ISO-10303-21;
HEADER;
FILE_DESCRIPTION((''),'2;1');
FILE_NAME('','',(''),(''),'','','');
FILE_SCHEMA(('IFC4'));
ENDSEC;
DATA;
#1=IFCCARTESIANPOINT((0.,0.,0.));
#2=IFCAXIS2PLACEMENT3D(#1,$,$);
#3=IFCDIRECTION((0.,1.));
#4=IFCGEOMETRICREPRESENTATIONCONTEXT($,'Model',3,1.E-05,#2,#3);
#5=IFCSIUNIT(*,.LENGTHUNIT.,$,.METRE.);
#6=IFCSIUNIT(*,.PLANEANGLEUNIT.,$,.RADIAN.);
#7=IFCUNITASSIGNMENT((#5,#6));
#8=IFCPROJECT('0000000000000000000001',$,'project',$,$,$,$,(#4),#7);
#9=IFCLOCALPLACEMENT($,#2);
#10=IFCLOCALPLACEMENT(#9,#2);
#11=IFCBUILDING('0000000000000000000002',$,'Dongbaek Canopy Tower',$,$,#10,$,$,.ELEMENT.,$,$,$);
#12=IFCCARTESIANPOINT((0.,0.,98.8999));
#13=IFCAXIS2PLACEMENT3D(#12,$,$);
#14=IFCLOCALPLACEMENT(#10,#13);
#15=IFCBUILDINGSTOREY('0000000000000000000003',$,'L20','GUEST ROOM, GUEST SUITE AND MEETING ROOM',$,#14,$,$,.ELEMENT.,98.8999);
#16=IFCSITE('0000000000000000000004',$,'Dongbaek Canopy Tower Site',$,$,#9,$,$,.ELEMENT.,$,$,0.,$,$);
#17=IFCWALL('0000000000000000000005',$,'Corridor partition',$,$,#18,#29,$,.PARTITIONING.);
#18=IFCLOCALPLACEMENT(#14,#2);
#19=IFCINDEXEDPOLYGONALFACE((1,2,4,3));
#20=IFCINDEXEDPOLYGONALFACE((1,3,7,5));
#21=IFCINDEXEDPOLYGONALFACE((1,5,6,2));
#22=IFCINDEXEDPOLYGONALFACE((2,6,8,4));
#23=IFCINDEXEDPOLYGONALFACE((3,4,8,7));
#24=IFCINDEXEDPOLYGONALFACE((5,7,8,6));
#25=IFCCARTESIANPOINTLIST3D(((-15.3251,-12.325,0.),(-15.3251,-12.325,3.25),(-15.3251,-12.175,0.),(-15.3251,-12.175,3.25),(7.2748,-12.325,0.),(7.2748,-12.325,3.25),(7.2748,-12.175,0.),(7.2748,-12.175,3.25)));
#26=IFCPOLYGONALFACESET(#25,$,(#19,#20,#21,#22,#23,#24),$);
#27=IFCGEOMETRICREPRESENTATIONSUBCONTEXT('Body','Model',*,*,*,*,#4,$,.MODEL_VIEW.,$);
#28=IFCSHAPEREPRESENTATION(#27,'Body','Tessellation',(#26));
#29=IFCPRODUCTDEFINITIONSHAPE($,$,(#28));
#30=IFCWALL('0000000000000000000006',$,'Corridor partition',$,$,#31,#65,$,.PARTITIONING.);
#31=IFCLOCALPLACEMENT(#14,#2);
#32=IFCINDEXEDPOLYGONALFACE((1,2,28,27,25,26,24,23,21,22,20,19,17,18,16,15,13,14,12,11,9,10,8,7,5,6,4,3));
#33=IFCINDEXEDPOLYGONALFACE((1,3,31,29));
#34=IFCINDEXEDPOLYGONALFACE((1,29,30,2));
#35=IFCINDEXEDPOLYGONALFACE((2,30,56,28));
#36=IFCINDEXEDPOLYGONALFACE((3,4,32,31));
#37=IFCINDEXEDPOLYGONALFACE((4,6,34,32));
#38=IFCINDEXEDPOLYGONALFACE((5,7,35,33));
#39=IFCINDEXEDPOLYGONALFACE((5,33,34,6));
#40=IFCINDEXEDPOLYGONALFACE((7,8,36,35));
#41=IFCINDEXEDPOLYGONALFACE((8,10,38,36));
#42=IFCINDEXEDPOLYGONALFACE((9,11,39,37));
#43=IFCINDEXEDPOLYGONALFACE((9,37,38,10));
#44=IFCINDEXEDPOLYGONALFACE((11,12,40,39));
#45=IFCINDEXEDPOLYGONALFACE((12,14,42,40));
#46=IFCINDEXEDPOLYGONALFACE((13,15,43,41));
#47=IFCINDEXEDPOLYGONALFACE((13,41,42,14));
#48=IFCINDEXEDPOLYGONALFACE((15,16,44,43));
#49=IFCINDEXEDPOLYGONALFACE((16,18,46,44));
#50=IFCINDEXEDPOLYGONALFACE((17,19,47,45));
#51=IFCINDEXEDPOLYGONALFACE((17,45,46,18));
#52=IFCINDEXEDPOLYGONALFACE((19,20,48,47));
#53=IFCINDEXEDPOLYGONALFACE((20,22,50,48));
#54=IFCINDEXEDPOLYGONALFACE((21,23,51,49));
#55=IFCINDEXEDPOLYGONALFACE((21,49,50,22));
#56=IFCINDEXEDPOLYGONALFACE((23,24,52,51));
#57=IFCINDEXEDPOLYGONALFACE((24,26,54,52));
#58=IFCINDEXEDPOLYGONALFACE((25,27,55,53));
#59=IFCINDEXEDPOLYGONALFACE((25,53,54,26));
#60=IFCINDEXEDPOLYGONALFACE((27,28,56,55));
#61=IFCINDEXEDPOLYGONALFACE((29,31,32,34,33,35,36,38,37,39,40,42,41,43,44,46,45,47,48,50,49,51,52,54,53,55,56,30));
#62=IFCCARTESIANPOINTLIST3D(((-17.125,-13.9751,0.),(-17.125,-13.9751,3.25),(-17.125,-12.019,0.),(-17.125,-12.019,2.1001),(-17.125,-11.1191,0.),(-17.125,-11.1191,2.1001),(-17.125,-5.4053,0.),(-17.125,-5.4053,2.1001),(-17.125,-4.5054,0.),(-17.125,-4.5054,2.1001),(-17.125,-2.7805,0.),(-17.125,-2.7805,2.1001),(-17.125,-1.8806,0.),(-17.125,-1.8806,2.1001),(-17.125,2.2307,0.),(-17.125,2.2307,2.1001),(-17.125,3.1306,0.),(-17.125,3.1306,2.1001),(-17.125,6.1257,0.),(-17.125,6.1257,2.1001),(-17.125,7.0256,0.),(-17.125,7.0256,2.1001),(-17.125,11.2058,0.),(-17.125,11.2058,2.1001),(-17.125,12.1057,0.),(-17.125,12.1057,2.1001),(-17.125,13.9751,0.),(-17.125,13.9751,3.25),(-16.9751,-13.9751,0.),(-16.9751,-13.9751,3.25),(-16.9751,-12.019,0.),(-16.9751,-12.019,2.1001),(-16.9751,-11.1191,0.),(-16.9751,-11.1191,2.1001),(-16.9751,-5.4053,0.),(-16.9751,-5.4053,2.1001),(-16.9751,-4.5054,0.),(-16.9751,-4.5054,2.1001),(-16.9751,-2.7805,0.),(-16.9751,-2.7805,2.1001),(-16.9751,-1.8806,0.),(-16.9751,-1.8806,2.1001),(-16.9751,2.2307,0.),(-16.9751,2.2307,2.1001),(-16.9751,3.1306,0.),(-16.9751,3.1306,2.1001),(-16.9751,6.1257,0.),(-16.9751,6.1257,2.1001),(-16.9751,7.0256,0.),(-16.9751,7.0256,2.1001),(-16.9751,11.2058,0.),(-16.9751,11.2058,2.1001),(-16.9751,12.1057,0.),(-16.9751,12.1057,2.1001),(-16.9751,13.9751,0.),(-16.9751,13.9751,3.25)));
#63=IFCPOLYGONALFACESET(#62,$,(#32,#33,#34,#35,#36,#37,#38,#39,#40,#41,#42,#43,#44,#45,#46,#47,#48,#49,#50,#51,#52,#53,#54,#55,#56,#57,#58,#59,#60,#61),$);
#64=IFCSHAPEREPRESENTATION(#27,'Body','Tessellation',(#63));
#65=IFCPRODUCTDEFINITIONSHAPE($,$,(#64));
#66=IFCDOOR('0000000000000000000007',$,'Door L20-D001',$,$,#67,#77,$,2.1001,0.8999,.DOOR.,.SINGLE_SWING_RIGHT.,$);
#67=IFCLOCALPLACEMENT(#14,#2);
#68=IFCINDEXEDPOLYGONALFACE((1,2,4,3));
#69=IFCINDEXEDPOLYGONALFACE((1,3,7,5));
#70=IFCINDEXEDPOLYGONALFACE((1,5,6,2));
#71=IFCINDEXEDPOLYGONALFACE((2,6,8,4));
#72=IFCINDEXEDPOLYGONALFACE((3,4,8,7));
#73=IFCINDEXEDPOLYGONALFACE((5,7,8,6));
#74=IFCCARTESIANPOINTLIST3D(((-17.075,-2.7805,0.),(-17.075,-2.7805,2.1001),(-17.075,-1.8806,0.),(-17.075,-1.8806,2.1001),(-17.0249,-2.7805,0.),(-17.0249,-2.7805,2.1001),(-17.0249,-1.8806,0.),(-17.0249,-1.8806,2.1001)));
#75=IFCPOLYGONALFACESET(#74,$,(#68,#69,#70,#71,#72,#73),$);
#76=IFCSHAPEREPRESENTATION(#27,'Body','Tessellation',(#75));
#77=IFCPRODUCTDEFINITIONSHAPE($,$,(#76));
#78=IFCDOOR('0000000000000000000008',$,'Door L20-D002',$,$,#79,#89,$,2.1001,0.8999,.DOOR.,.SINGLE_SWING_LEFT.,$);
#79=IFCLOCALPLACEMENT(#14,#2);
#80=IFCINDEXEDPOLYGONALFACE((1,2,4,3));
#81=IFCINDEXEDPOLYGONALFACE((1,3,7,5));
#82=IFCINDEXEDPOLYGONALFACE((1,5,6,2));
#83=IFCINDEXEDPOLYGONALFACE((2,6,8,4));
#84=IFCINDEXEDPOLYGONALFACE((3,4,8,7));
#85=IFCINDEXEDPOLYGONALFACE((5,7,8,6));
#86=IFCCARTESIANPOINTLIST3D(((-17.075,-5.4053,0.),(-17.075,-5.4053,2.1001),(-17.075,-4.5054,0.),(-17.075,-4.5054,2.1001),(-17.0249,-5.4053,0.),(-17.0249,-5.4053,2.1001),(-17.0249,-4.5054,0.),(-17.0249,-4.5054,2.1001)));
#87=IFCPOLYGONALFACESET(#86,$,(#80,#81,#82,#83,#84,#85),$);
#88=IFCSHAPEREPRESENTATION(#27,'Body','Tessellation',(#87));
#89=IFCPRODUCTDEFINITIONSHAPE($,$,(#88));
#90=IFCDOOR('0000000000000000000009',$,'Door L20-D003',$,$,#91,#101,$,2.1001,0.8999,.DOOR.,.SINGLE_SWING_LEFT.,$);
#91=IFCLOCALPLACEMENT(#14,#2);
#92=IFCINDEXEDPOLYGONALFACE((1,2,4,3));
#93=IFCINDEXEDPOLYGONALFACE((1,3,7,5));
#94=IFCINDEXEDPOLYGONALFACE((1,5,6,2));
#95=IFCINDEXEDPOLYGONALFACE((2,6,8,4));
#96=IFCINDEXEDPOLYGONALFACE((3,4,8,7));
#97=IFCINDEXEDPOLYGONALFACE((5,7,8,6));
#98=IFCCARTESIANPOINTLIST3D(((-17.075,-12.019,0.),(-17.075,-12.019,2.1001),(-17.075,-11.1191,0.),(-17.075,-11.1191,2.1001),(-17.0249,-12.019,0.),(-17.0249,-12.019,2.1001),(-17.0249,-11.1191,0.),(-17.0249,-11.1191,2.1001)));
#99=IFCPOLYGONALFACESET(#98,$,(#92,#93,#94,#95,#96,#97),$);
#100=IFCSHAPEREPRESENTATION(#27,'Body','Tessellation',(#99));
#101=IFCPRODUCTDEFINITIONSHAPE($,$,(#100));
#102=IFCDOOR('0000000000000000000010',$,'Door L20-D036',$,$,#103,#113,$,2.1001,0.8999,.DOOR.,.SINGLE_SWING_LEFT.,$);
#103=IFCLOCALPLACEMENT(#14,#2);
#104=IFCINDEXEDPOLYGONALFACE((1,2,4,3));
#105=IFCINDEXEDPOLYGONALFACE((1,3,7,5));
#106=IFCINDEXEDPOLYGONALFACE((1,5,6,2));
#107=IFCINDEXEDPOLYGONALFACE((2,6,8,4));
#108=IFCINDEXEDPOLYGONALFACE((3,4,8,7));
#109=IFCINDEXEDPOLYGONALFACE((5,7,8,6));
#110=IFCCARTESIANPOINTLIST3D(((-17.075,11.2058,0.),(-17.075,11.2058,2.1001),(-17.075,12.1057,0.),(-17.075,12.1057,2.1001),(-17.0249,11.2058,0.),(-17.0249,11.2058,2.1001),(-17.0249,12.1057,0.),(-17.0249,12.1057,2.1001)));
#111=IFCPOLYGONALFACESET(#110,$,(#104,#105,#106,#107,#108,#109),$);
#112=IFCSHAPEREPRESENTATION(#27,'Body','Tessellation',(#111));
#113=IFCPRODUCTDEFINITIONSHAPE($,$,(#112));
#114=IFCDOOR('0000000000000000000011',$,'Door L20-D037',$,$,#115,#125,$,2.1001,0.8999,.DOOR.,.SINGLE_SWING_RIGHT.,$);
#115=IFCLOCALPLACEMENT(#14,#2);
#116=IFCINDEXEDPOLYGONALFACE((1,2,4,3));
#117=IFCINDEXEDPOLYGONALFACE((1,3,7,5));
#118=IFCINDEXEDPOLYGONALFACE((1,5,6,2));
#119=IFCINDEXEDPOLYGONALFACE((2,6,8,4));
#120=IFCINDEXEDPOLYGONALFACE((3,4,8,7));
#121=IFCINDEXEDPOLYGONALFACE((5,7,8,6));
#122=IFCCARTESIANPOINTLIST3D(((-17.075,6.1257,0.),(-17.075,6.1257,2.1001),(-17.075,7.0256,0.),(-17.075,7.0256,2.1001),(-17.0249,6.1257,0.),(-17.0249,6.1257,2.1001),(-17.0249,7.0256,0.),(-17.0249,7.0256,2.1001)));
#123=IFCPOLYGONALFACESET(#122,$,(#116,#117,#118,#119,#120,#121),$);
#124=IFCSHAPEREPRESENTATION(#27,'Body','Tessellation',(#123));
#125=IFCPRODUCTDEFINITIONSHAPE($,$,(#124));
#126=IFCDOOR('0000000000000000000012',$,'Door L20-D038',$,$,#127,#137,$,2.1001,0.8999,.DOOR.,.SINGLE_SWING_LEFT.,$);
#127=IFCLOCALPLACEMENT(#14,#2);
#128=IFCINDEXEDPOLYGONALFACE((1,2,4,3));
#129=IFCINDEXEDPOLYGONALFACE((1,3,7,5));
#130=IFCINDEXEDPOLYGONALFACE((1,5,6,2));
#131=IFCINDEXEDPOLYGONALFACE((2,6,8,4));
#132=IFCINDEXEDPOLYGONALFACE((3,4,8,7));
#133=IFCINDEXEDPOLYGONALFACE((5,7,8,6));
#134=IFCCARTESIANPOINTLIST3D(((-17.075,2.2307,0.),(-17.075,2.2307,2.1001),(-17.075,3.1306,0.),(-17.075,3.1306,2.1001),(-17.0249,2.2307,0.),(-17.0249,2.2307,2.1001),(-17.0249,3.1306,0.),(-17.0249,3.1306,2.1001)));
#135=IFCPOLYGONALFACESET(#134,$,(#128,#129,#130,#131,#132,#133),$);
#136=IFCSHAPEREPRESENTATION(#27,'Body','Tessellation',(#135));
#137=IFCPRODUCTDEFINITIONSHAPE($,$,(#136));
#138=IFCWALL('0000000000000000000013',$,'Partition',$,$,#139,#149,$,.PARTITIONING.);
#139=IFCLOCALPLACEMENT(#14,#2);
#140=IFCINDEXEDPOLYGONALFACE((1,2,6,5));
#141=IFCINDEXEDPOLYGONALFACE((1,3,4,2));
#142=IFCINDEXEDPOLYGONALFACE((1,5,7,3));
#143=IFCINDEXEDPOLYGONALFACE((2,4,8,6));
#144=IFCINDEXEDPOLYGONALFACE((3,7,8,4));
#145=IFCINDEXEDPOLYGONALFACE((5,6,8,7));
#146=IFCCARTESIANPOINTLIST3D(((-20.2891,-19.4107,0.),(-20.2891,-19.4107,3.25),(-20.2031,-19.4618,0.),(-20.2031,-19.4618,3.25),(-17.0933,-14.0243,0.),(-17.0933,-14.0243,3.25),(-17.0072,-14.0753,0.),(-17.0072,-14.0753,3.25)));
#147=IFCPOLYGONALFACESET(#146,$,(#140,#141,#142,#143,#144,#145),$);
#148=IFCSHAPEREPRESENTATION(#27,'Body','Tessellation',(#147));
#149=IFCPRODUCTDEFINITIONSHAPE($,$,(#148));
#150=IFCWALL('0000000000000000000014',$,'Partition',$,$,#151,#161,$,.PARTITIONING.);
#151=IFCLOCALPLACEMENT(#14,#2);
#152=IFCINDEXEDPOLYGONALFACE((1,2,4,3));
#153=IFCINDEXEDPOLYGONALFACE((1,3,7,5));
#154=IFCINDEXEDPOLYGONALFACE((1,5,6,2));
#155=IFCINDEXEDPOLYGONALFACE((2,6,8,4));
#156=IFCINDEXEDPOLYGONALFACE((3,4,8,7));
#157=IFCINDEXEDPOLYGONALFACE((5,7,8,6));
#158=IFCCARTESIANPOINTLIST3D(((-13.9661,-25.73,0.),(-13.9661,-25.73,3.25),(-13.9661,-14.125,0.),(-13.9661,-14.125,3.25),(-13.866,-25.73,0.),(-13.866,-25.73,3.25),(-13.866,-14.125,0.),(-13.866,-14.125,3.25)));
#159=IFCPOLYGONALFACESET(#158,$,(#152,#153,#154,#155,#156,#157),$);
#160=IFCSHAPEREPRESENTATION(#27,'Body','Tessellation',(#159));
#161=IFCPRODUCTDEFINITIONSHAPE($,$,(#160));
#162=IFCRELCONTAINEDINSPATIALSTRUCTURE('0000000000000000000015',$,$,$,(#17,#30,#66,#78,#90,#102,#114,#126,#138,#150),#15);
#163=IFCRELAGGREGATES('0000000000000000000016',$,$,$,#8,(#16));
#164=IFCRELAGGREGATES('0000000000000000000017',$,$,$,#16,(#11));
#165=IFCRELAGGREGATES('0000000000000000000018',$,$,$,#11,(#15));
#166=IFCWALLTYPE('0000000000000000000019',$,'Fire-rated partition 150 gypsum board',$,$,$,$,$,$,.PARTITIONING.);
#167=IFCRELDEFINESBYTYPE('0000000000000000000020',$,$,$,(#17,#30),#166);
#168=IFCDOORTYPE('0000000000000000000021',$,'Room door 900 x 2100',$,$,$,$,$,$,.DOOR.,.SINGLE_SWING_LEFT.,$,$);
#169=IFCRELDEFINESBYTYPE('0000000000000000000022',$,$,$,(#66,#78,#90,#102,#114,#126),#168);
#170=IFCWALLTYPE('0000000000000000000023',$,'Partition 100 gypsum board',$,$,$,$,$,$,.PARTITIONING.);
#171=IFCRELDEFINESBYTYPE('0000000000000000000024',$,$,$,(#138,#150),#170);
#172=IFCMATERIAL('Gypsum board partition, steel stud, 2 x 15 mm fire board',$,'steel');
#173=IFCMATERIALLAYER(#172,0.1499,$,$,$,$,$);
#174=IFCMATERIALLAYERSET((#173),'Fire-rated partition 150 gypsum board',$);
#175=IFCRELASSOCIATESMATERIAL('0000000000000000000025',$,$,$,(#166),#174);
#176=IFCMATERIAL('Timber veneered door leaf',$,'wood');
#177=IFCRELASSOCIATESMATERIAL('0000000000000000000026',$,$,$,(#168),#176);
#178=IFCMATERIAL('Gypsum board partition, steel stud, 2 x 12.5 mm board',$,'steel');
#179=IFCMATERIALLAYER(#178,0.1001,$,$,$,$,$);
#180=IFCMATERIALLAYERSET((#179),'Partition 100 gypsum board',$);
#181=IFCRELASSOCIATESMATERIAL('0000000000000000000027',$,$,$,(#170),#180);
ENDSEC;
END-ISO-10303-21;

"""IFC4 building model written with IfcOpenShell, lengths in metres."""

from ifc_helpers import new_model, si_unit, direction, frame, frame_2d, origin, place, context, subcontext, project, spatial, rectangle, extrude, material, layer, layer_set, type_object, element, fill, save


model = new_model("IFC4")

# Units and contexts
model_context = context("Model", 3, precision=1e-05, world=origin(), true_north=direction((0.0, 1.0)))
body_context = subcontext(model_context, "Body", "Model", "MODEL_VIEW")
ifc_project = project(units=[si_unit("LENGTHUNIT", "METRE"), si_unit("PLANEANGLEUNIT", "RADIAN")], contexts=[model_context])

# Site, building, storey
site_placement = place(None, origin())
site = spatial("IfcSite", under=ifc_project, at=site_placement, Name="Dongbaek Canopy Tower Site", CompositionType="ELEMENT", RefElevation=0.0)
building_placement = place(site_placement, origin())
building = spatial("IfcBuilding", under=site, at=building_placement, Name="Dongbaek Canopy Tower", CompositionType="ELEMENT")
storey_placement = place(building_placement, frame((0.0, 0.0, 98.8999)))
storey = spatial("IfcBuildingStorey", under=building, at=storey_placement, Name="L20", Description="GUEST ROOM, GUEST SUITE AND MEETING ROOM", CompositionType="ELEMENT", Elevation=98.8999)

# Wall
ifc_material_1 = material(Name="Gypsum board partition, steel stud, 2 x 15 mm fire board", Category="steel")
ifc_layer_1 = layer(ifc_material_1, 0.1499)
ifc_layer_set_1 = layer_set([ifc_layer_1], Name="Fire-rated partition 150 gypsum board")
wall_type_1 = type_object("IfcWallType", Name="Fire-rated partition 150 gypsum board", PredefinedType="PARTITIONING", material=ifc_layer_set_1)
wall_1_placement = place(storey_placement, frame((-15.325, -12.25, 0.0), z_axis=(0.0, 0.0, 1.0), x_axis=(1.0, 0.0, 0.0)))
element("IfcWall", 1, at=wall_1_placement, inside=storey, type_object=wall_type_1, Name="Corridor partition", PredefinedType="PARTITIONING", context=body_context, shape_type="SweptSolid", body=[
    extrude(rectangle(XDim=22.5999, YDim=0.1499, at=frame_2d((11.2998, 0.0))), origin(), (0.0, 0.0, 1.0), 3.25),
])

# Wall, openings, doors
wall_2_placement = place(storey_placement, frame((-17.05, -13.9751, 0.0), z_axis=(0.0, 0.0, 1.0), x_axis=(0.0, 1.0, 0.0)))
wall_2 = element("IfcWall", 2, at=wall_2_placement, inside=storey, type_object=wall_type_1, Name="Corridor partition", PredefinedType="PARTITIONING", context=body_context, shape_type="SweptSolid", body=[
    extrude(rectangle(XDim=27.9502, YDim=0.1499, at=frame_2d((13.9751, 0.0))), origin(), (0.0, 0.0, 1.0), 3.25),
])
opening_1_placement = place(wall_2_placement, frame((11.1946, 0.0, 0.0)))
opening_1 = element("IfcOpeningElement", 3, at=opening_1_placement, cuts=wall_2, PredefinedType="OPENING", context=body_context, shape_type="SweptSolid", body=[
    extrude(rectangle(XDim=0.8999, YDim=2.1001, at=frame_2d((0.45, 1.05))), frame((0.0, 0.085, 0.0), z_axis=(0.0, -1.0, 0.0), x_axis=(1.0, 0.0, 0.0)), (0.0, 0.0, 1.0), 0.1699),
])
opening_2_placement = place(wall_2_placement, frame((8.5698, 0.0, 0.0)))
opening_2 = element("IfcOpeningElement", 4, at=opening_2_placement, cuts=wall_2, PredefinedType="OPENING", context=body_context, shape_type="SweptSolid", body=[
    extrude(rectangle(XDim=0.8999, YDim=2.1001, at=frame_2d((0.45, 1.05))), frame((0.0, 0.085, 0.0), z_axis=(0.0, -1.0, 0.0), x_axis=(1.0, 0.0, 0.0)), (0.0, 0.0, 1.0), 0.1699),
])
opening_3_placement = place(wall_2_placement, frame((1.9561, 0.0, 0.0)))
opening_3 = element("IfcOpeningElement", 5, at=opening_3_placement, cuts=wall_2, PredefinedType="OPENING", context=body_context, shape_type="SweptSolid", body=[
    extrude(rectangle(XDim=0.8999, YDim=2.1001, at=frame_2d((0.45, 1.05))), frame((0.0, 0.085, 0.0), z_axis=(0.0, -1.0, 0.0), x_axis=(1.0, 0.0, 0.0)), (0.0, 0.0, 1.0), 0.1699),
])
opening_4_placement = place(wall_2_placement, frame((25.1809, 0.0, 0.0)))
opening_4 = element("IfcOpeningElement", 6, at=opening_4_placement, cuts=wall_2, PredefinedType="OPENING", context=body_context, shape_type="SweptSolid", body=[
    extrude(rectangle(XDim=0.8999, YDim=2.1001, at=frame_2d((0.45, 1.05))), frame((0.0, 0.085, 0.0), z_axis=(0.0, -1.0, 0.0), x_axis=(1.0, 0.0, 0.0)), (0.0, 0.0, 1.0), 0.1699),
])
opening_5_placement = place(wall_2_placement, frame((20.1008, 0.0, 0.0)))
opening_5 = element("IfcOpeningElement", 7, at=opening_5_placement, cuts=wall_2, PredefinedType="OPENING", context=body_context, shape_type="SweptSolid", body=[
    extrude(rectangle(XDim=0.8999, YDim=2.1001, at=frame_2d((0.45, 1.05))), frame((0.0, 0.085, 0.0), z_axis=(0.0, -1.0, 0.0), x_axis=(1.0, 0.0, 0.0)), (0.0, 0.0, 1.0), 0.1699),
])
opening_6_placement = place(wall_2_placement, frame((16.2058, 0.0, 0.0)))
opening_6 = element("IfcOpeningElement", 8, at=opening_6_placement, cuts=wall_2, PredefinedType="OPENING", context=body_context, shape_type="SweptSolid", body=[
    extrude(rectangle(XDim=0.8999, YDim=2.1001, at=frame_2d((0.45, 1.05))), frame((0.0, 0.085, 0.0), z_axis=(0.0, -1.0, 0.0), x_axis=(1.0, 0.0, 0.0)), (0.0, 0.0, 1.0), 0.1699),
])
ifc_material_2 = material(Name="Timber veneered door leaf", Category="wood")
door_type = type_object("IfcDoorType", Name="Room door 900 x 2100", OperationType="SINGLE_SWING_LEFT", PredefinedType="DOOR", material=ifc_material_2)
door_1_placement = place(opening_1_placement, origin())
door_1 = element("IfcDoor", 9, at=door_1_placement, inside=storey, type_object=door_type, Name="Door L20-D001", OperationType="SINGLE_SWING_RIGHT", OverallHeight=2.1001, OverallWidth=0.8999, PredefinedType="DOOR", context=body_context, shape_type="SweptSolid", body=[
    extrude(rectangle(XDim=0.8999, YDim=2.1001, at=frame_2d((0.45, 1.05))), frame((0.0, 0.0249, 0.0), z_axis=(0.0, -1.0, 0.0), x_axis=(1.0, 0.0, 0.0)), (0.0, 0.0, 1.0), 0.05),
])
fill(opening_1, door_1)
door_2_placement = place(opening_2_placement, origin())
door_2 = element("IfcDoor", 10, at=door_2_placement, inside=storey, type_object=door_type, Name="Door L20-D002", OperationType="SINGLE_SWING_LEFT", OverallHeight=2.1001, OverallWidth=0.8999, PredefinedType="DOOR", context=body_context, shape_type="SweptSolid", body=[
    extrude(rectangle(XDim=0.8999, YDim=2.1001, at=frame_2d((0.45, 1.05))), frame((0.0, 0.0249, 0.0), z_axis=(0.0, -1.0, 0.0), x_axis=(1.0, 0.0, 0.0)), (0.0, 0.0, 1.0), 0.05),
])
fill(opening_2, door_2)
door_3_placement = place(opening_3_placement, origin())
door_3 = element("IfcDoor", 11, at=door_3_placement, inside=storey, type_object=door_type, Name="Door L20-D003", OperationType="SINGLE_SWING_LEFT", OverallHeight=2.1001, OverallWidth=0.8999, PredefinedType="DOOR", context=body_context, shape_type="SweptSolid", body=[
    extrude(rectangle(XDim=0.8999, YDim=2.1001, at=frame_2d((0.45, 1.05))), frame((0.0, 0.0249, 0.0), z_axis=(0.0, -1.0, 0.0), x_axis=(1.0, 0.0, 0.0)), (0.0, 0.0, 1.0), 0.05),
])
fill(opening_3, door_3)
door_4_placement = place(opening_4_placement, origin())
door_4 = element("IfcDoor", 12, at=door_4_placement, inside=storey, type_object=door_type, Name="Door L20-D036", OperationType="SINGLE_SWING_LEFT", OverallHeight=2.1001, OverallWidth=0.8999, PredefinedType="DOOR", context=body_context, shape_type="SweptSolid", body=[
    extrude(rectangle(XDim=0.8999, YDim=2.1001, at=frame_2d((0.45, 1.05))), frame((0.0, 0.0249, 0.0), z_axis=(0.0, -1.0, 0.0), x_axis=(1.0, 0.0, 0.0)), (0.0, 0.0, 1.0), 0.05),
])
fill(opening_4, door_4)
door_5_placement = place(opening_5_placement, origin())
door_5 = element("IfcDoor", 13, at=door_5_placement, inside=storey, type_object=door_type, Name="Door L20-D037", OperationType="SINGLE_SWING_RIGHT", OverallHeight=2.1001, OverallWidth=0.8999, PredefinedType="DOOR", context=body_context, shape_type="SweptSolid", body=[
    extrude(rectangle(XDim=0.8999, YDim=2.1001, at=frame_2d((0.45, 1.05))), frame((0.0, 0.0249, 0.0), z_axis=(0.0, -1.0, 0.0), x_axis=(1.0, 0.0, 0.0)), (0.0, 0.0, 1.0), 0.05),
])
fill(opening_5, door_5)
door_6_placement = place(opening_6_placement, origin())
door_6 = element("IfcDoor", 14, at=door_6_placement, inside=storey, type_object=door_type, Name="Door L20-D038", OperationType="SINGLE_SWING_LEFT", OverallHeight=2.1001, OverallWidth=0.8999, PredefinedType="DOOR", context=body_context, shape_type="SweptSolid", body=[
    extrude(rectangle(XDim=0.8999, YDim=2.1001, at=frame_2d((0.45, 1.05))), frame((0.0, 0.0249, 0.0), z_axis=(0.0, -1.0, 0.0), x_axis=(1.0, 0.0, 0.0)), (0.0, 0.0, 1.0), 0.05),
])
fill(opening_6, door_6)

# Walls
ifc_material_3 = material(Name="Gypsum board partition, steel stud, 2 x 12.5 mm board", Category="steel")
ifc_layer_2 = layer(ifc_material_3, 0.1001)
ifc_layer_set_2 = layer_set([ifc_layer_2], Name="Partition 100 gypsum board")
wall_type_2 = type_object("IfcWallType", Name="Partition 100 gypsum board", PredefinedType="PARTITIONING", material=ifc_layer_set_2)
wall_3_placement = place(storey_placement, frame((-20.2461, -19.4363, 0.0), z_axis=(0.0, 0.0, 1.0), x_axis=(0.510253, 0.860024, 0.0)))
element("IfcWall", 15, at=wall_3_placement, inside=storey, type_object=wall_type_2, Name="Partition", PredefinedType="PARTITIONING", context=body_context, shape_type="SweptSolid", body=[
    extrude(rectangle(XDim=6.2632, YDim=0.1001, at=frame_2d((3.1316, 0.0))), origin(), (0.0, 0.0, 1.0), 3.25),
])
wall_4_placement = place(storey_placement, frame((-13.916, -25.73, 0.0), z_axis=(0.0, 0.0, 1.0), x_axis=(0.0, 1.0, 0.0)))
element("IfcWall", 16, at=wall_4_placement, inside=storey, type_object=wall_type_2, Name="Partition", PredefinedType="PARTITIONING", context=body_context, shape_type="SweptSolid", body=[
    extrude(rectangle(XDim=11.605, YDim=0.1001, at=frame_2d((5.8025, 0.0))), origin(), (0.0, 0.0, 1.0), 3.25),
])

save(model, "model.ifc")
